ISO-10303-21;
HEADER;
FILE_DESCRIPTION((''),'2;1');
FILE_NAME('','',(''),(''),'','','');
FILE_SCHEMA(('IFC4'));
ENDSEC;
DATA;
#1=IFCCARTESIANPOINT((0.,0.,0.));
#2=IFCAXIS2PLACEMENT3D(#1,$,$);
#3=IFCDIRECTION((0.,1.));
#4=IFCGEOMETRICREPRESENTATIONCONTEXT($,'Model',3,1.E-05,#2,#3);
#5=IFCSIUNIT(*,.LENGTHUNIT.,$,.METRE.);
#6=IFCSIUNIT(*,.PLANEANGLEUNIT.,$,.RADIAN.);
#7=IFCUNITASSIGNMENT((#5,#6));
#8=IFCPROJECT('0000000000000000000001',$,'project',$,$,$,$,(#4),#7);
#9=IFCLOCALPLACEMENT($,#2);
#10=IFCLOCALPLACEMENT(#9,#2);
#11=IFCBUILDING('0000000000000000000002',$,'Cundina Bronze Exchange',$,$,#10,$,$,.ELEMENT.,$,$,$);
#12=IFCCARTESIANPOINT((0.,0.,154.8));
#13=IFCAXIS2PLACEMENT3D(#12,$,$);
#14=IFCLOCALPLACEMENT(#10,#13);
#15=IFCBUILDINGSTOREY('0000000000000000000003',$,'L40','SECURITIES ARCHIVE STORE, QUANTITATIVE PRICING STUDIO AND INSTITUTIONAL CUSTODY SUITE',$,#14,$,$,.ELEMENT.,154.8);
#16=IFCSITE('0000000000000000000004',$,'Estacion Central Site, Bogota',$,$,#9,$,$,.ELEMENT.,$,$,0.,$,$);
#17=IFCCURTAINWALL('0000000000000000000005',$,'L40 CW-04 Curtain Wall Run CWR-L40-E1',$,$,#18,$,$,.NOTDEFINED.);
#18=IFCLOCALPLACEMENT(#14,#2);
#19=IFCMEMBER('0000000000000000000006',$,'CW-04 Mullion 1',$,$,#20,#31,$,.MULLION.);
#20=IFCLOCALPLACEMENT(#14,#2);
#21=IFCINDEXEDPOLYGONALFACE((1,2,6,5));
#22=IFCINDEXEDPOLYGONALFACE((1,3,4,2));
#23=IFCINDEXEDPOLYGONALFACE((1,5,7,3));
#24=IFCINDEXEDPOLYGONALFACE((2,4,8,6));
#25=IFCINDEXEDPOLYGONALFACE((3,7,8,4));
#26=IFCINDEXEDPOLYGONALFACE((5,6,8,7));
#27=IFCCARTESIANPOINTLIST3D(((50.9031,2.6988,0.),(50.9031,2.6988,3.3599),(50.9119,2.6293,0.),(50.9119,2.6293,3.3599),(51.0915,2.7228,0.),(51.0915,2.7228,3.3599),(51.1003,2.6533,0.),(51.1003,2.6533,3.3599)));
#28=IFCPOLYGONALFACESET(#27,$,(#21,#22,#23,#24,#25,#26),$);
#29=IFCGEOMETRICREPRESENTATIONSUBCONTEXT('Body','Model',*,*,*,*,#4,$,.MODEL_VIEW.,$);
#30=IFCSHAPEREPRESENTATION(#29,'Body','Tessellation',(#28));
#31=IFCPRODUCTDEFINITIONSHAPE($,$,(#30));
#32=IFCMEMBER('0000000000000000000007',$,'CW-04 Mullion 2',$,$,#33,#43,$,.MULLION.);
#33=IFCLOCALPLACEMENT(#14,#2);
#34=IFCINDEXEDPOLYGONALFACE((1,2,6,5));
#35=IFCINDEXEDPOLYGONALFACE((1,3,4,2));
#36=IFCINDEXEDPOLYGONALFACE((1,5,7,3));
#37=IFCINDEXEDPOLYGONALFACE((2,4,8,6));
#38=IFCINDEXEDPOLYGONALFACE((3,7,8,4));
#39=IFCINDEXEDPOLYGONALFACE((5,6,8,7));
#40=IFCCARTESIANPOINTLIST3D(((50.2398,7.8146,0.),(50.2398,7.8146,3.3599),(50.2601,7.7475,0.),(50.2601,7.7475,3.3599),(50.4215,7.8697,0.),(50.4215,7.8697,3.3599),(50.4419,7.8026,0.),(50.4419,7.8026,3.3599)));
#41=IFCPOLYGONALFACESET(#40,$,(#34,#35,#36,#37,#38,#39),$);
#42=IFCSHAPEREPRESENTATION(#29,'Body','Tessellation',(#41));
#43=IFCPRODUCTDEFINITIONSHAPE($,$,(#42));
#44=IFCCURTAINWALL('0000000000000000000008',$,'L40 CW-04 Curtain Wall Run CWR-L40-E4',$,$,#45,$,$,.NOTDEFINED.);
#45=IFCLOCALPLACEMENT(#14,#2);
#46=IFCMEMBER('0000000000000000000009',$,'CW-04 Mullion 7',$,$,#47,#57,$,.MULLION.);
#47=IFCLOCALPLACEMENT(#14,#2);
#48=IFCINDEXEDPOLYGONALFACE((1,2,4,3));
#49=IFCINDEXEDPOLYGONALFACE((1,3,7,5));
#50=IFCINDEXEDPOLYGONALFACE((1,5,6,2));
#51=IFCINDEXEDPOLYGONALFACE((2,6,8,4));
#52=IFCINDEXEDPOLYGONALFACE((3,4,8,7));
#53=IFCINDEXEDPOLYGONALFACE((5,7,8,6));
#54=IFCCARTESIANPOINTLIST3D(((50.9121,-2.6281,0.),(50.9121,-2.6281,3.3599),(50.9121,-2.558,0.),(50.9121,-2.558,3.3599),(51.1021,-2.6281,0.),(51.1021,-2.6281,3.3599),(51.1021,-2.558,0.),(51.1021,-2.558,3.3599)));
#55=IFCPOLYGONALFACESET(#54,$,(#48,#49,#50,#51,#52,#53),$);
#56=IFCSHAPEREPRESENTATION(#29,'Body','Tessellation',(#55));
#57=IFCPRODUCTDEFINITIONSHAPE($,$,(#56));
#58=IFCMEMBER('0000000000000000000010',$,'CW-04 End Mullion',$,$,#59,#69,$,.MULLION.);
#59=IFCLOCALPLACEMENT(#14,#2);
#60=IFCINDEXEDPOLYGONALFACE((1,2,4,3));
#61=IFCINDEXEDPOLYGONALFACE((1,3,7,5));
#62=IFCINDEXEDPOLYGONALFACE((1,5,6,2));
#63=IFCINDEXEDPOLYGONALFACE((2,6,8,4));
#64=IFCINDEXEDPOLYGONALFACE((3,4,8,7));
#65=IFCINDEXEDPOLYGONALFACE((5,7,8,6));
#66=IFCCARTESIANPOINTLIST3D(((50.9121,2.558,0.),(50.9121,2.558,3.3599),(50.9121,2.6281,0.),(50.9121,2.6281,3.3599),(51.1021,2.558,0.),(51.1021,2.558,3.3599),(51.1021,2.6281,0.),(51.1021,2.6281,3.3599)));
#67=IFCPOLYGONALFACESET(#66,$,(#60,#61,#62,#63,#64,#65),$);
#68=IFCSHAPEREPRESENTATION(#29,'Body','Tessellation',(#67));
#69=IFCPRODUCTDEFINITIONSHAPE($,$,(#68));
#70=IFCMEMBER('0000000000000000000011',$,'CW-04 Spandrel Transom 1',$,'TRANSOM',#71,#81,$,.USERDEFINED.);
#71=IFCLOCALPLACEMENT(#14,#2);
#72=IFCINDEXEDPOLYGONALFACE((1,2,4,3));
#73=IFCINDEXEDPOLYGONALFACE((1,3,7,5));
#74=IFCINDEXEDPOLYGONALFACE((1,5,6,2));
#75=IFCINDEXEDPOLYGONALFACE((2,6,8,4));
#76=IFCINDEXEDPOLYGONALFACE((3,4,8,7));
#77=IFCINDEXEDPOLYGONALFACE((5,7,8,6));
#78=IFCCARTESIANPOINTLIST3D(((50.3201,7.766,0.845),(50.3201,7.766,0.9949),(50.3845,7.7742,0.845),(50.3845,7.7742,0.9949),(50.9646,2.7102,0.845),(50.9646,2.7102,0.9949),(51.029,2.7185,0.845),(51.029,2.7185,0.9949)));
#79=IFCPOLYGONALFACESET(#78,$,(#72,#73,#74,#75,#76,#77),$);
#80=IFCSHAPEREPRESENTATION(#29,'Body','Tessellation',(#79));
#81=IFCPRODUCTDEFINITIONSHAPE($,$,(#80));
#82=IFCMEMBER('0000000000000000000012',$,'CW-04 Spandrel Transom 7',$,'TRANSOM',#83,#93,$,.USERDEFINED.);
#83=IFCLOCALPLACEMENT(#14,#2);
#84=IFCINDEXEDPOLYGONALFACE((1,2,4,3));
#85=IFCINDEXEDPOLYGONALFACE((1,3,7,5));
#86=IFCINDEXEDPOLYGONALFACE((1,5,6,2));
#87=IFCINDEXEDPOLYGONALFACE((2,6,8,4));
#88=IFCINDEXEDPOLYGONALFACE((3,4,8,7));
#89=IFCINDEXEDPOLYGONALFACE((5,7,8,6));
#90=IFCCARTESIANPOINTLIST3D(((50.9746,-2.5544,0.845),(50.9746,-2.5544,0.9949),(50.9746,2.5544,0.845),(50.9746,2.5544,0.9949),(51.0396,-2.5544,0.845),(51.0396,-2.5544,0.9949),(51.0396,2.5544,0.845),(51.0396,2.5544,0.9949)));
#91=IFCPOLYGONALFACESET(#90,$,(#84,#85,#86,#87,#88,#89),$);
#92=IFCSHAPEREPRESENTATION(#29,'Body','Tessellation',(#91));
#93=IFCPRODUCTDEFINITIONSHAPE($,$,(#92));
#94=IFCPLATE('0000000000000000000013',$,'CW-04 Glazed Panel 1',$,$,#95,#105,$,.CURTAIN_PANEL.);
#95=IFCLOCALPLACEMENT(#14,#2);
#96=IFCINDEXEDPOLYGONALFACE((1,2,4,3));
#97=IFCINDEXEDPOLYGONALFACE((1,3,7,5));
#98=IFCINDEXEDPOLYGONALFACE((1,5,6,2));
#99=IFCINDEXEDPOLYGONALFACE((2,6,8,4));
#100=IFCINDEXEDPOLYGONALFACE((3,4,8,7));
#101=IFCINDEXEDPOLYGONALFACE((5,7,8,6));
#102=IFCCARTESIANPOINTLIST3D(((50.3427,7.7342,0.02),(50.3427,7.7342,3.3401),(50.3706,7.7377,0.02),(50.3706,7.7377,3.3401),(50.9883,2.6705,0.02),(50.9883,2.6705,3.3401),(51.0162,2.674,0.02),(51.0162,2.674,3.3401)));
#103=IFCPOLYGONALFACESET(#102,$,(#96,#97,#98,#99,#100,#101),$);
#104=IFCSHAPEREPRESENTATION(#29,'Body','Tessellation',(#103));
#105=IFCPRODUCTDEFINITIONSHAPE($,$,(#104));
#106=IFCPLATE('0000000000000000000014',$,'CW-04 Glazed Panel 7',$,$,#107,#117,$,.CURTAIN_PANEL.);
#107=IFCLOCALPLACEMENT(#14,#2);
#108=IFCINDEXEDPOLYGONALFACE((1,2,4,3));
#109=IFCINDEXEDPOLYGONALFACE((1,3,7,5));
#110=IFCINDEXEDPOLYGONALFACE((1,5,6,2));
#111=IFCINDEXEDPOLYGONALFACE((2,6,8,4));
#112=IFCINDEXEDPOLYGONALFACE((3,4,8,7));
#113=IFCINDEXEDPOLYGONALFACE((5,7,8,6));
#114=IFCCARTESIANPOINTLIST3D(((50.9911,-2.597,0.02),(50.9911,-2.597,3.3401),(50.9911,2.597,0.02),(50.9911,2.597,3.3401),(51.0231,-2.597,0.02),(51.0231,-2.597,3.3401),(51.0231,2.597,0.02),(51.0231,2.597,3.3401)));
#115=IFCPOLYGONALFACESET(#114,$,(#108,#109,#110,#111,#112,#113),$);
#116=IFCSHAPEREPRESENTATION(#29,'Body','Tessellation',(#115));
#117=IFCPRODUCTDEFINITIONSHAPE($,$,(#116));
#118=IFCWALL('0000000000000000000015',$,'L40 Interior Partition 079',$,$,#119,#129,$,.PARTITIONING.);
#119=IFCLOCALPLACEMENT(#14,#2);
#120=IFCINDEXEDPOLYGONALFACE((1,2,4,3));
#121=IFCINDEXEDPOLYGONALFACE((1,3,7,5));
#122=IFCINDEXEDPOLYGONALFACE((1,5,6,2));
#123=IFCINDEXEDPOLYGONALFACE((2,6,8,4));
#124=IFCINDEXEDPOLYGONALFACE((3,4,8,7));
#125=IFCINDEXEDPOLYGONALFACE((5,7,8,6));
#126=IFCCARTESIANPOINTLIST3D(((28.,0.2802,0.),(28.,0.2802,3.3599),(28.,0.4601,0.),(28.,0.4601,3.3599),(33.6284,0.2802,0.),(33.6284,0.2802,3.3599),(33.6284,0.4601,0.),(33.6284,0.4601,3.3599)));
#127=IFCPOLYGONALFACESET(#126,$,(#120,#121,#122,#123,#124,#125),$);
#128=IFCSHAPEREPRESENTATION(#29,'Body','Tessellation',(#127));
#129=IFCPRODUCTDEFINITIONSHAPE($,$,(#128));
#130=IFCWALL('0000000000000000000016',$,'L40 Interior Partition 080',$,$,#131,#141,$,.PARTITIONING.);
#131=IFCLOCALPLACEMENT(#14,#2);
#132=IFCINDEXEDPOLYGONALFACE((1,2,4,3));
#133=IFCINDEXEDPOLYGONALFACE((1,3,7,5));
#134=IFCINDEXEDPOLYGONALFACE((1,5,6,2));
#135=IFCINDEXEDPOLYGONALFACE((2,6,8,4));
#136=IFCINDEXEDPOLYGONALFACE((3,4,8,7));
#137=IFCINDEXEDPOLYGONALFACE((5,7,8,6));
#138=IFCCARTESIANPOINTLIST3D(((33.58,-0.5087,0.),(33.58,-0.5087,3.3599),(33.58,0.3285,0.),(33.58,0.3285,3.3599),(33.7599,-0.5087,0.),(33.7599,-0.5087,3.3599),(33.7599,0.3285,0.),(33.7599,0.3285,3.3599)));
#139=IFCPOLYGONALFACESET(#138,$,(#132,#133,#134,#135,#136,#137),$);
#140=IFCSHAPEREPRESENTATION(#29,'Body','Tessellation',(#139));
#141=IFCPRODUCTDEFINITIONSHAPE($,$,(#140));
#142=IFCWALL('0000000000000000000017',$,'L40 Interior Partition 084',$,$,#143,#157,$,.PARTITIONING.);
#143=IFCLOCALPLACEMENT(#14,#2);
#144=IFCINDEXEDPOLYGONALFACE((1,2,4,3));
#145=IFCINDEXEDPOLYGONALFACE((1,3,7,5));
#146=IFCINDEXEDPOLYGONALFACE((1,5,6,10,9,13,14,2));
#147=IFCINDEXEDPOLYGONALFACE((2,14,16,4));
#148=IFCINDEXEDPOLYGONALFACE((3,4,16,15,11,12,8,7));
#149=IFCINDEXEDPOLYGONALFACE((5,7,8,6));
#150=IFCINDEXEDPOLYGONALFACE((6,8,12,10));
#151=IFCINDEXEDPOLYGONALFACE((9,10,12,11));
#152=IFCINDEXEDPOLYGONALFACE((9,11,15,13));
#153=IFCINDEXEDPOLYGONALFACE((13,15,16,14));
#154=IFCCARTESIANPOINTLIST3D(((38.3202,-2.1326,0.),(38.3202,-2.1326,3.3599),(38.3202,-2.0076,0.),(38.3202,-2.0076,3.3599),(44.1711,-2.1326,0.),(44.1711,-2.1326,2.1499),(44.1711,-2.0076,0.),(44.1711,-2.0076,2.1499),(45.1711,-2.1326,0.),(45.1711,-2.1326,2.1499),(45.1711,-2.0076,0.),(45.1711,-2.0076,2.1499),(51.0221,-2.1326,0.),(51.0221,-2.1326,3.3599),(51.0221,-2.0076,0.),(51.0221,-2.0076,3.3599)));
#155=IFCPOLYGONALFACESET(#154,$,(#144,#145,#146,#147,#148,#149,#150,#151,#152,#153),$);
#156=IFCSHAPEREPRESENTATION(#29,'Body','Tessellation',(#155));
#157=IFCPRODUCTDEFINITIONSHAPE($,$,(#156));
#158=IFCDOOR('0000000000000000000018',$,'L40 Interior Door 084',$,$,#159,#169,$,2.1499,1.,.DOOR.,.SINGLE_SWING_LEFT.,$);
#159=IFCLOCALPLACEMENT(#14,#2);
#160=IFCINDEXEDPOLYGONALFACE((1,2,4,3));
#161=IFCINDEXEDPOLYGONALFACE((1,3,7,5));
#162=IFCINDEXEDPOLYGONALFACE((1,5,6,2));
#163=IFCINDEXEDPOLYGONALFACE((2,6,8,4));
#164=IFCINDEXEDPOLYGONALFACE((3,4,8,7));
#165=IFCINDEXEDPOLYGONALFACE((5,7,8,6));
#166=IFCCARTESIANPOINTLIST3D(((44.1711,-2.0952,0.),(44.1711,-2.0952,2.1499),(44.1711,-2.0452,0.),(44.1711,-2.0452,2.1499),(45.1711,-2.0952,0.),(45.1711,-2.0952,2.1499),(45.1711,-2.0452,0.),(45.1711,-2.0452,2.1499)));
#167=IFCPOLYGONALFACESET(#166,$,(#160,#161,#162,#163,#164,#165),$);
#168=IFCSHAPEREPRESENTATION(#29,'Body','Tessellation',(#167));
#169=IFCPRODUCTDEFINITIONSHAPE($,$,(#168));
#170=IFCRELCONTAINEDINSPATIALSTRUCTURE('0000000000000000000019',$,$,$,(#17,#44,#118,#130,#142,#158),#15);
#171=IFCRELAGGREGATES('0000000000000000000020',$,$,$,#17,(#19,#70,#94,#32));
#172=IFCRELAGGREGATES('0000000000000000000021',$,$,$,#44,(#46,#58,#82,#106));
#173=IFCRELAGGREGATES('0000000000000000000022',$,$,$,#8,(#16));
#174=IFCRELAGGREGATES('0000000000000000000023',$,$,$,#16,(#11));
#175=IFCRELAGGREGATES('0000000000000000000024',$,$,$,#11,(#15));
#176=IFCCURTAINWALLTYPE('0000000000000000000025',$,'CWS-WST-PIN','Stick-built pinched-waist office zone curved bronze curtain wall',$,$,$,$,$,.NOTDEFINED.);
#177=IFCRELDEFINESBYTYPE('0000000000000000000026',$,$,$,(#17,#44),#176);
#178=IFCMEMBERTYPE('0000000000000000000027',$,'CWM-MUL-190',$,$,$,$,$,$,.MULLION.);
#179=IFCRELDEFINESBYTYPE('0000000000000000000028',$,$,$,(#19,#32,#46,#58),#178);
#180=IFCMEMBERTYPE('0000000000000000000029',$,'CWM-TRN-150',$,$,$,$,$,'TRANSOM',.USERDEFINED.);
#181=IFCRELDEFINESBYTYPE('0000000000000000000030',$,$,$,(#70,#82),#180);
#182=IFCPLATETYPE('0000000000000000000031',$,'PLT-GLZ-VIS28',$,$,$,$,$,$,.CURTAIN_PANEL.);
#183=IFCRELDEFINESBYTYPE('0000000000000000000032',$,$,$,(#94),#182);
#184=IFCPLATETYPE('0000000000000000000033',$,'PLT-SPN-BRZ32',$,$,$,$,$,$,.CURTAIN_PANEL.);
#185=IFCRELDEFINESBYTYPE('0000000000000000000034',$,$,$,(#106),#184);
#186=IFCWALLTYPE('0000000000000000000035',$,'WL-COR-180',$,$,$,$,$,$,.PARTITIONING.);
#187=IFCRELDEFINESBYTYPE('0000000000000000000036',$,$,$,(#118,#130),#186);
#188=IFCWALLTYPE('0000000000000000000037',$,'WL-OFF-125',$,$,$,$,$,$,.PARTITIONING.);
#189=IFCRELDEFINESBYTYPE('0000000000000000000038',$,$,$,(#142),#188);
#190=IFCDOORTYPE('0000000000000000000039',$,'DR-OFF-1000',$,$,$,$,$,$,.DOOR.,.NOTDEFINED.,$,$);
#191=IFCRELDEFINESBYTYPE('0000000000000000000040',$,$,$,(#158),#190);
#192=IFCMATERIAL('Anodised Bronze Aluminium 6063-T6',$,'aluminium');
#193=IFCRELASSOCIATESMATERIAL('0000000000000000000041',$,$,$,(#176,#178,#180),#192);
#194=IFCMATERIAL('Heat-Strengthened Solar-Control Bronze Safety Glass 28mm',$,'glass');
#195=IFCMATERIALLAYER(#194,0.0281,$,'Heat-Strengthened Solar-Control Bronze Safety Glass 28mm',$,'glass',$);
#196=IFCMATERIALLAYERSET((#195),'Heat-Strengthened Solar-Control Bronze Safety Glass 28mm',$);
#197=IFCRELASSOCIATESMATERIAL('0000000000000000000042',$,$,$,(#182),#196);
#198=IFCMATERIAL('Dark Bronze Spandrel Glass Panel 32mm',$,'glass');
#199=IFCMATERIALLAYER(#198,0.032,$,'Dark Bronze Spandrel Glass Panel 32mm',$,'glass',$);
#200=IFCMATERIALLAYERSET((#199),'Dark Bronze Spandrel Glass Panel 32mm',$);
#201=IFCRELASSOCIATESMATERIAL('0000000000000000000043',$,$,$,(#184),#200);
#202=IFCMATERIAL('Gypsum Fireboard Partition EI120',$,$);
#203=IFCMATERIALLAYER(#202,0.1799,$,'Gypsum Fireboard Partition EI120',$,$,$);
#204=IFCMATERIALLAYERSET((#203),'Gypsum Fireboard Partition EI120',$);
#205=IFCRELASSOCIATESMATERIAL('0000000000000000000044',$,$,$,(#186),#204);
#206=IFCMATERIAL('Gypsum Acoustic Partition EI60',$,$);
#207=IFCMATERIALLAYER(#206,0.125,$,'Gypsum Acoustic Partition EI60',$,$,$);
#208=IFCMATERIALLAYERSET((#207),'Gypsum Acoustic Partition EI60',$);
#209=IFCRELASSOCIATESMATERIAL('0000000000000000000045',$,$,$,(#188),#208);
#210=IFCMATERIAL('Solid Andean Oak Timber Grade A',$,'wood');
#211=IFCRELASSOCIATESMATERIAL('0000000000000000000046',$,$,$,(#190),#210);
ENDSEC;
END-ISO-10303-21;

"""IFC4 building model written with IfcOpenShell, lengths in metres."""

from ifc_helpers import new_model, si_unit, direction, frame, frame_2d, origin, origin_2d, place, context, subcontext, project, spatial, rectangle, extrude, material, layer, layer_set, material_profile, profile_set, type_object, element, fill, aggregate, save


model = new_model("IFC4")

# Units and contexts
model_context = context("Model", 3, precision=1e-05, world=origin(), true_north=direction((0.0, 1.0)))
body_context = subcontext(model_context, "Body", "Model", "MODEL_VIEW")
ifc_project = project(units=[si_unit("LENGTHUNIT", "METRE"), si_unit("PLANEANGLEUNIT", "RADIAN")], contexts=[model_context])

# Site, building, storey
site_placement = place(None, origin())
site = spatial("IfcSite", under=ifc_project, at=site_placement, Name="Estacion Central Site, Bogota", CompositionType="ELEMENT", RefElevation=0.0)
building_placement = place(site_placement, origin())
building = spatial("IfcBuilding", under=site, at=building_placement, Name="Cundina Bronze Exchange", CompositionType="ELEMENT")
storey_placement = place(building_placement, frame((0.0, 0.0, 154.8)))
storey = spatial("IfcBuildingStorey", under=building, at=storey_placement, Name="L40", Description="SECURITIES ARCHIVE STORE, QUANTITATIVE PRICING STUDIO AND INSTITUTIONAL CUSTODY SUITE", CompositionType="ELEMENT", Elevation=154.8)

# Curtain walls, members
ifc_material_1 = material(Name="Anodised Bronze Aluminium 6063-T6", Category="aluminium")
curtain_wall_type = type_object("IfcCurtainWallType", Name="CWS-WST-PIN", Description="Stick-built pinched-waist office zone curved bronze curtain wall", PredefinedType="NOTDEFINED", material=ifc_material_1)
curtain_wall_1_placement = place(storey_placement, origin())
curtain_wall_1 = element("IfcCurtainWall", 1, at=curtain_wall_1_placement, inside=storey, type_object=curtain_wall_type, Name="L40 CW-04 Curtain Wall Run CWR-L40-E1", PredefinedType="NOTDEFINED")
ifc_material_profile_1 = material_profile(ifc_material_1, rectangle(XDim=0.0701, YDim=0.1899, at=origin_2d()), Name="AL70X190", Category="aluminium")
ifc_profile_set_1 = profile_set([ifc_material_profile_1], Name="Anodised Bronze Aluminium 6063-T6")
member_type_1 = type_object("IfcMemberType", Name="CWM-MUL-190", PredefinedType="MULLION", material=ifc_profile_set_1)
member_1_placement = place(storey_placement, frame((51.0017, 2.676, 0.0), z_axis=(0.0, 0.0, 1.0), x_axis=(-0.126545, 0.991961, 0.0)))
member_1 = element("IfcMember", 2, at=member_1_placement, type_object=member_type_1, Name="CW-04 Mullion 1", PredefinedType="MULLION", context=body_context, shape_type="SweptSolid", body=[
    extrude(rectangle(XDim=0.0701, YDim=0.1899, at=origin_2d()), origin(), (0.0, 0.0, 1.0), 3.3599),
])
member_2_placement = place(storey_placement, frame((50.3408, 7.8086, 0.0), z_axis=(0.0, 0.0, 1.0), x_axis=(-0.290034, 0.957016, 0.0)))
member_2 = element("IfcMember", 3, at=member_2_placement, type_object=member_type_1, Name="CW-04 Mullion 2", PredefinedType="MULLION", context=body_context, shape_type="SweptSolid", body=[
    extrude(rectangle(XDim=0.0701, YDim=0.1899, at=origin_2d()), origin(), (0.0, 0.0, 1.0), 3.3599),
])
curtain_wall_2_placement = place(storey_placement, origin())
curtain_wall_2 = element("IfcCurtainWall", 4, at=curtain_wall_2_placement, inside=storey, type_object=curtain_wall_type, Name="L40 CW-04 Curtain Wall Run CWR-L40-E4", PredefinedType="NOTDEFINED")
member_3_placement = place(storey_placement, frame((51.0071, -2.593, 0.0), z_axis=(0.0, 0.0, 1.0), x_axis=(0.0, 1.0, 0.0)))
member_3 = element("IfcMember", 5, at=member_3_placement, type_object=member_type_1, Name="CW-04 Mullion 7", PredefinedType="MULLION", context=body_context, shape_type="SweptSolid", body=[
    extrude(rectangle(XDim=0.0701, YDim=0.1899, at=origin_2d()), origin(), (0.0, 0.0, 1.0), 3.3599),
])
member_4_placement = place(storey_placement, frame((51.0071, 2.593, 0.0), z_axis=(0.0, 0.0, 1.0), x_axis=(0.0, 1.0, 0.0)))
member_4 = element("IfcMember", 6, at=member_4_placement, type_object=member_type_1, Name="CW-04 End Mullion", PredefinedType="MULLION", context=body_context, shape_type="SweptSolid", body=[
    extrude(rectangle(XDim=0.0701, YDim=0.1899, at=origin_2d()), origin(), (0.0, 0.0, 1.0), 3.3599),
])

# Members
ifc_material_profile_2 = material_profile(ifc_material_1, rectangle(XDim=0.0649, YDim=0.1499, at=origin_2d()), Name="AL65X150", Category="aluminium")
ifc_profile_set_2 = profile_set([ifc_material_profile_2], Name="Anodised Bronze Aluminium 6063-T6")
member_type_2 = type_object("IfcMemberType", Name="CWM-TRN-150", ElementType="TRANSOM", PredefinedType="USERDEFINED", material=ifc_profile_set_2)
member_5_placement = place(storey_placement, frame((50.9968, 2.7144, 0.9199), z_axis=(-0.126463, 0.991971, 0.0), x_axis=(-0.991971, -0.126463, 0.0)))
member_5 = element("IfcMember", 7, at=member_5_placement, type_object=member_type_2, Name="CW-04 Spandrel Transom 1", ObjectType="TRANSOM", PredefinedType="USERDEFINED", context=body_context, shape_type="SweptSolid", body=[
    extrude(rectangle(XDim=0.0649, YDim=0.1499, at=origin_2d()), origin(), (0.0, 0.0, 1.0), 5.0967),
])
member_6_placement = place(storey_placement, frame((51.0071, -2.5544, 0.9199), z_axis=(0.0, 1.0, 0.0), x_axis=(-1.0, 0.0, 0.0)))
member_6 = element("IfcMember", 8, at=member_6_placement, type_object=member_type_2, Name="CW-04 Spandrel Transom 7", ObjectType="TRANSOM", PredefinedType="USERDEFINED", context=body_context, shape_type="SweptSolid", body=[
    extrude(rectangle(XDim=0.0649, YDim=0.1499, at=origin_2d()), origin(), (0.0, 0.0, 1.0), 5.1089),
])

# Plates
ifc_material_2 = material(Name="Heat-Strengthened Solar-Control Bronze Safety Glass 28mm", Category="glass")
ifc_layer_1 = layer(ifc_material_2, 0.0281, Name="Heat-Strengthened Solar-Control Bronze Safety Glass 28mm", Category="glass")
ifc_layer_set_1 = layer_set([ifc_layer_1], Name="Heat-Strengthened Solar-Control Bronze Safety Glass 28mm")
plate_type_1 = type_object("IfcPlateType", Name="PLT-GLZ-VIS28", PredefinedType="CURTAIN_PANEL", material=ifc_layer_set_1)
plate_1_placement = place(storey_placement, frame((50.6794, 5.2041, 0.02), z_axis=(0.0, 0.0, 1.0), x_axis=(-0.126476, 0.99197, 0.0)))
plate_1 = element("IfcPlate", 9, at=plate_1_placement, type_object=plate_type_1, Name="CW-04 Glazed Panel 1", PredefinedType="CURTAIN_PANEL", context=body_context, shape_type="SweptSolid", body=[
    extrude(rectangle(XDim=5.1047, YDim=0.0281, at=origin_2d()), origin(), (0.0, 0.0, 1.0), 3.3201),
])
aggregate(curtain_wall_1, [member_1, member_5, plate_1, member_2])
ifc_material_3 = material(Name="Dark Bronze Spandrel Glass Panel 32mm", Category="glass")
ifc_layer_2 = layer(ifc_material_3, 0.032, Name="Dark Bronze Spandrel Glass Panel 32mm", Category="glass")
ifc_layer_set_2 = layer_set([ifc_layer_2], Name="Dark Bronze Spandrel Glass Panel 32mm")
plate_type_2 = type_object("IfcPlateType", Name="PLT-SPN-BRZ32", PredefinedType="CURTAIN_PANEL", material=ifc_layer_set_2)
plate_2_placement = place(storey_placement, frame((51.0071, 0.0, 0.02), z_axis=(0.0, 0.0, 1.0), x_axis=(0.0, 1.0, 0.0)))
plate_2 = element("IfcPlate", 10, at=plate_2_placement, type_object=plate_type_2, Name="CW-04 Glazed Panel 7", PredefinedType="CURTAIN_PANEL", context=body_context, shape_type="SweptSolid", body=[
    extrude(rectangle(XDim=5.1941, YDim=0.032, at=origin_2d()), origin(), (0.0, 0.0, 1.0), 3.3201),
])
aggregate(curtain_wall_2, [member_3, member_4, member_6, plate_2])

# Walls
ifc_material_4 = material(Name="Gypsum Fireboard Partition EI120")
ifc_layer_3 = layer(ifc_material_4, 0.1799, Name="Gypsum Fireboard Partition EI120")
ifc_layer_set_3 = layer_set([ifc_layer_3], Name="Gypsum Fireboard Partition EI120")
wall_type_1 = type_object("IfcWallType", Name="WL-COR-180", PredefinedType="PARTITIONING", material=ifc_layer_set_3)
wall_1_placement = place(storey_placement, frame((33.6284, 0.3701, 0.0), z_axis=(0.0, 0.0, 1.0), x_axis=(-1.0, 0.0, 0.0)))
element("IfcWall", 11, at=wall_1_placement, inside=storey, type_object=wall_type_1, Name="L40 Interior Partition 079", PredefinedType="PARTITIONING", context=body_context, shape_type="SweptSolid", body=[
    extrude(rectangle(XDim=5.6284, YDim=0.1799, at=frame_2d((2.8142, 0.0))), origin(), (0.0, 0.0, 1.0), 3.3599),
])
wall_2_placement = place(storey_placement, frame((33.6699, -0.5085, 0.0), z_axis=(0.0, 0.0, 1.0), x_axis=(0.0, 1.0, 0.0)))
element("IfcWall", 12, at=wall_2_placement, inside=storey, type_object=wall_type_1, Name="L40 Interior Partition 080", PredefinedType="PARTITIONING", context=body_context, shape_type="SweptSolid", body=[
    extrude(rectangle(XDim=0.8372, YDim=0.1799, at=frame_2d((0.4185, 0.0))), origin(), (0.0, 0.0, 1.0), 3.3599),
])

# Wall, opening, door
ifc_material_5 = material(Name="Gypsum Acoustic Partition EI60")
ifc_layer_4 = layer(ifc_material_5, 0.125, Name="Gypsum Acoustic Partition EI60")
ifc_layer_set_4 = layer_set([ifc_layer_4], Name="Gypsum Acoustic Partition EI60")
wall_type_2 = type_object("IfcWallType", Name="WL-OFF-125", PredefinedType="PARTITIONING", material=ifc_layer_set_4)
wall_3_placement = place(storey_placement, frame((38.3201, -2.0701, 0.0), z_axis=(0.0, 0.0, 1.0), x_axis=(1.0, 0.0, 0.0)))
wall_3 = element("IfcWall", 13, at=wall_3_placement, inside=storey, type_object=wall_type_2, Name="L40 Interior Partition 084", PredefinedType="PARTITIONING", context=body_context, shape_type="SweptSolid", body=[
    extrude(rectangle(XDim=12.7019, YDim=0.125, at=frame_2d((6.3511, 0.0))), origin(), (0.0, 0.0, 1.0), 3.3599),
])
opening_1_placement = place(wall_3_placement, frame((5.8511, 0.0, 0.0)))
opening_1 = element("IfcOpeningElement", 14, at=opening_1_placement, cuts=wall_3, PredefinedType="OPENING", context=body_context, shape_type="SweptSolid", body=[
    extrude(rectangle(XDim=1.0, YDim=2.1499, at=frame_2d((0.5, 1.075))), frame((0.0, 0.0725, 0.0), z_axis=(0.0, -1.0, 0.0), x_axis=(1.0, 0.0, 0.0)), (0.0, 0.0, 1.0), 0.145),
])
ifc_material_6 = material(Name="Solid Andean Oak Timber Grade A", Category="wood")
door_type = type_object("IfcDoorType", Name="DR-OFF-1000", OperationType="NOTDEFINED", PredefinedType="DOOR", material=ifc_material_6)
door_1_placement = place(opening_1_placement, origin())
door_1 = element("IfcDoor", 15, at=door_1_placement, inside=storey, type_object=door_type, Name="L40 Interior Door 084", OperationType="SINGLE_SWING_LEFT", OverallHeight=2.1499, OverallWidth=1.0, PredefinedType="DOOR", context=body_context, shape_type="SweptSolid", body=[
    extrude(rectangle(XDim=1.0, YDim=2.1499, at=frame_2d((0.5, 1.075))), frame((0.0, 0.0249, 0.0), z_axis=(0.0, -1.0, 0.0), x_axis=(1.0, 0.0, 0.0)), (0.0, 0.0, 1.0), 0.05),
])
fill(opening_1, door_1)

save(model, "model.ifc")
